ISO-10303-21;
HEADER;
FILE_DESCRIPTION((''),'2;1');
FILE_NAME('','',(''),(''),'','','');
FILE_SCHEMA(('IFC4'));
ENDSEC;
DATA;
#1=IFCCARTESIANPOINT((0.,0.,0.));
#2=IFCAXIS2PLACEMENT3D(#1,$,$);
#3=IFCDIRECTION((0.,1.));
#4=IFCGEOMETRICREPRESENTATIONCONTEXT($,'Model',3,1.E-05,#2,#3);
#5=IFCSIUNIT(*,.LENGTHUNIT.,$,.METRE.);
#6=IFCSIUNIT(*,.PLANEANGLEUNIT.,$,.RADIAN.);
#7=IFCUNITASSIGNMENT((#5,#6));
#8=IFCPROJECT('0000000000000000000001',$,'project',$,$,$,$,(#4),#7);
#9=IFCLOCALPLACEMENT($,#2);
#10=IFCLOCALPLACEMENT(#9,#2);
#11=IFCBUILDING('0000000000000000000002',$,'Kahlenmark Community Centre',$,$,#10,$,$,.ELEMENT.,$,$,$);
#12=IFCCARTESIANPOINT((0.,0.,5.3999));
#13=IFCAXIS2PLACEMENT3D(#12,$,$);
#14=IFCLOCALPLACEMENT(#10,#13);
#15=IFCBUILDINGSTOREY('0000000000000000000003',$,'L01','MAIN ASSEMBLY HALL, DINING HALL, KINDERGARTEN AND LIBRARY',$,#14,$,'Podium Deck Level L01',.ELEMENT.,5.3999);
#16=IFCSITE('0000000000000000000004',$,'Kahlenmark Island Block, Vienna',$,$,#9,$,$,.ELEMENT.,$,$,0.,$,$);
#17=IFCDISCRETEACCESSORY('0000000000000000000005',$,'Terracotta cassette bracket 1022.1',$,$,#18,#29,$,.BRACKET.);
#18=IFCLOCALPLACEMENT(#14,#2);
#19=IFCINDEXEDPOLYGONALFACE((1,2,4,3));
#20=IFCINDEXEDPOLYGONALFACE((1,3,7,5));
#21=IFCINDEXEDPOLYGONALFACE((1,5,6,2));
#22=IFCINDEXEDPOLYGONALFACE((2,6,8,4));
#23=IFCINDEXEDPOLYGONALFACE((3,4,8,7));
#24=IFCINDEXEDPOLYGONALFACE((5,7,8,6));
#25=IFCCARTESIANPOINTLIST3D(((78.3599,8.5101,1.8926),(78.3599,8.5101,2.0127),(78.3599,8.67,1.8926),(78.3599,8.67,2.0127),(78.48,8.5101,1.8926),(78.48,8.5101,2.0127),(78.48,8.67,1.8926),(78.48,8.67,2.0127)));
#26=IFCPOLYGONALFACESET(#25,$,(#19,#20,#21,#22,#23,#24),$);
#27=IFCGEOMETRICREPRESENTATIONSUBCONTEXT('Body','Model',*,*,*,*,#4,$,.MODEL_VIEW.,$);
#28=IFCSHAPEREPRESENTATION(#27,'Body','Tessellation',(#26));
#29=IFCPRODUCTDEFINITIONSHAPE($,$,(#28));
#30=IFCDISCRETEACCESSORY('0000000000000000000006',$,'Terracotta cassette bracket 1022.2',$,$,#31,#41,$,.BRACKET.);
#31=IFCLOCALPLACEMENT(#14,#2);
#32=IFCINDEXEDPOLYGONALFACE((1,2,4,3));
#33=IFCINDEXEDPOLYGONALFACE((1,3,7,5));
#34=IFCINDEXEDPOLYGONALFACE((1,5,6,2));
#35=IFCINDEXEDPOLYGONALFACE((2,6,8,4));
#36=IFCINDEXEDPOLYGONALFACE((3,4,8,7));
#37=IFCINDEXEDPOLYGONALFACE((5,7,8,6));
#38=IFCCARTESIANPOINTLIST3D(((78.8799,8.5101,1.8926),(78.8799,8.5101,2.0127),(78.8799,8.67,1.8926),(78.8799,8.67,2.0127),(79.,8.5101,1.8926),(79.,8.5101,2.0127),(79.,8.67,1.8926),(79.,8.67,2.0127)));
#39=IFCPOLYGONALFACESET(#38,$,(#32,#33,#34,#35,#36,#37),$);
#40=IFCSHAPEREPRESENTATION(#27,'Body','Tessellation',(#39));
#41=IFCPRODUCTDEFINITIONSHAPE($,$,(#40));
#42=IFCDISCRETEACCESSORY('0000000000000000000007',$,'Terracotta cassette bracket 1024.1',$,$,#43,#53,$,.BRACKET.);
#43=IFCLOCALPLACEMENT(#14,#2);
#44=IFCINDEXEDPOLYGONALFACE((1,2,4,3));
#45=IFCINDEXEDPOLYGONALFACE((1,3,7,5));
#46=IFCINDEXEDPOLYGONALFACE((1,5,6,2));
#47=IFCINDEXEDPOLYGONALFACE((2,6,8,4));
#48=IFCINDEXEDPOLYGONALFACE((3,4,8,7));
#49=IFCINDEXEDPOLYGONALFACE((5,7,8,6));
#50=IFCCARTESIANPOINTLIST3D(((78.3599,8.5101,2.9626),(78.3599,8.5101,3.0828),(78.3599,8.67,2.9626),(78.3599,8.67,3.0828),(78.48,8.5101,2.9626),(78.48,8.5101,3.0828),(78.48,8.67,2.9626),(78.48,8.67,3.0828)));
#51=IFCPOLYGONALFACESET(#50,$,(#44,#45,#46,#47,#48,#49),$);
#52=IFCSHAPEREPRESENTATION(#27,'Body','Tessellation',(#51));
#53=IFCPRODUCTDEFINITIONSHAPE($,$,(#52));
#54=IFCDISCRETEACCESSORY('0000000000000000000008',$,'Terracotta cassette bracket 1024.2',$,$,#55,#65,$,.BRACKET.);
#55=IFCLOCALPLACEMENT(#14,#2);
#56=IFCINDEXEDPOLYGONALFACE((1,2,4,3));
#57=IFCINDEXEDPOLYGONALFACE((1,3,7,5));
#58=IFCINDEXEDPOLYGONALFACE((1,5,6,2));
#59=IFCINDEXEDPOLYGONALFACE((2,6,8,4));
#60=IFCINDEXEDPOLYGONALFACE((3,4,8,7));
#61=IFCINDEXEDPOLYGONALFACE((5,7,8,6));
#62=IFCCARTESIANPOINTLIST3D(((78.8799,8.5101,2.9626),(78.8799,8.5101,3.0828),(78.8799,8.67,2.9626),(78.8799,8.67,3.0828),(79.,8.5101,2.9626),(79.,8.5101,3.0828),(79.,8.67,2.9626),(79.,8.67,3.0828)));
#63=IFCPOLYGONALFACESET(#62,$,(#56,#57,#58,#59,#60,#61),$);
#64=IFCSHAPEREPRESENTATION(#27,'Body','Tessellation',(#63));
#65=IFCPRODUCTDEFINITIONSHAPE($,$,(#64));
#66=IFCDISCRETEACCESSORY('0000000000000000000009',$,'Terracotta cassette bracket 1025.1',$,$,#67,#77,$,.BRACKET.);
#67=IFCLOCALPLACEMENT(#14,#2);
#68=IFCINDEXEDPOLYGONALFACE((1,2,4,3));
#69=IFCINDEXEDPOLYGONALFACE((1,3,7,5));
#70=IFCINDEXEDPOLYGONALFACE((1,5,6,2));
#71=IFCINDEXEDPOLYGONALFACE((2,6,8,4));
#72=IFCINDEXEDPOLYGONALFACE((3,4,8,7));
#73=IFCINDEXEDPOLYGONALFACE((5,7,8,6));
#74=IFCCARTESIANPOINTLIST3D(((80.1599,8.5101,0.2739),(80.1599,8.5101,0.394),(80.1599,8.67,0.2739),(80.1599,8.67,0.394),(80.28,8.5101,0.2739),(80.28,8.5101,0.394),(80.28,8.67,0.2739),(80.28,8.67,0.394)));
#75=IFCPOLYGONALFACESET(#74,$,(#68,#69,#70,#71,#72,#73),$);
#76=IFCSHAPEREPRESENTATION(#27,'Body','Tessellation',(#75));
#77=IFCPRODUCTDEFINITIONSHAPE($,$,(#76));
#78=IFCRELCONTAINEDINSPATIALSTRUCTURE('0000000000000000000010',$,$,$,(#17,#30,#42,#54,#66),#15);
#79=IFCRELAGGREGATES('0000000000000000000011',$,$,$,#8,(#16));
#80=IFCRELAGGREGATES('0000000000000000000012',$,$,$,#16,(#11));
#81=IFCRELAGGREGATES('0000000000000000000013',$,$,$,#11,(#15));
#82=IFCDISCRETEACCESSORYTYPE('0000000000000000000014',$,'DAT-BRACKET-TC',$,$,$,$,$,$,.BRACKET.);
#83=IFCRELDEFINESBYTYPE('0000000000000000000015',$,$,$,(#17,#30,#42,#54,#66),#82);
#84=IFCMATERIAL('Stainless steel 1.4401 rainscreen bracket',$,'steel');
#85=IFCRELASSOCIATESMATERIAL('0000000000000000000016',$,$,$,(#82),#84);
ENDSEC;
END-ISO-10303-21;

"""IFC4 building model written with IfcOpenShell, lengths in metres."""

from ifc_helpers import new_model, si_unit, direction, frame, origin, origin_2d, place, context, subcontext, project, spatial, rectangle, extrude, material, type_object, element, save


model = new_model("IFC4")

# Units and contexts
model_context = context("Model", 3, precision=1e-05, world=origin(), true_north=direction((0.0, 1.0)))
body_context = subcontext(model_context, "Body", "Model", "MODEL_VIEW")
ifc_project = project(units=[si_unit("LENGTHUNIT", "METRE"), si_unit("PLANEANGLEUNIT", "RADIAN")], contexts=[model_context])

# Site, building, storey
site_placement = place(None, origin())
site = spatial("IfcSite", under=ifc_project, at=site_placement, Name="Kahlenmark Island Block, Vienna", CompositionType="ELEMENT", RefElevation=0.0)
building_placement = place(site_placement, origin())
building = spatial("IfcBuilding", under=site, at=building_placement, Name="Kahlenmark Community Centre", CompositionType="ELEMENT")
storey_placement = place(building_placement, frame((0.0, 0.0, 5.3999)))
storey = spatial("IfcBuildingStorey", under=building, at=storey_placement, Name="L01", Description="MAIN ASSEMBLY HALL, DINING HALL, KINDERGARTEN AND LIBRARY", LongName="Podium Deck Level L01", CompositionType="ELEMENT", Elevation=5.3999)

# Discrete accessories
ifc_material_1 = material(Name="Stainless steel 1.4401 rainscreen bracket", Category="steel")
discrete_accessory_type = type_object("IfcDiscreteAccessoryType", Name="DAT-BRACKET-TC", PredefinedType="BRACKET", material=ifc_material_1)
for number, where, z_axis, x_axis, name in (
    (1, (78.4199, 8.5901, 1.8926), (0.0, 0.0, 1.0), (1.0, 0.0, 0.0), "Terracotta cassette bracket 1022.1"),
    (2, (78.9399, 8.5901, 1.8926), (0.0, 0.0, 1.0), (1.0, 0.0, 0.0), "Terracotta cassette bracket 1022.2"),
    (3, (78.4199, 8.5901, 2.9626), (0.0, 0.0, 1.0), (1.0, 0.0, 0.0), "Terracotta cassette bracket 1024.1"),
    (4, (78.9399, 8.5901, 2.9626), (0.0, 0.0, 1.0), (1.0, 0.0, 0.0), "Terracotta cassette bracket 1024.2"),
    (5, (80.22, 8.5901, 0.2739), (0.0, 0.0, 1.0), (1.0, 0.0, 0.0), "Terracotta cassette bracket 1025.1"),
):
    element("IfcDiscreteAccessory", number, at=place(storey_placement, frame(where, z_axis=z_axis, x_axis=x_axis)), inside=storey, type_object=discrete_accessory_type, Name=name, PredefinedType="BRACKET", context=body_context, shape_type="SweptSolid", body=[
        extrude(rectangle(XDim=0.1201, YDim=0.1599, at=origin_2d()), origin(), (0.0, 0.0, 1.0), 0.1201),
    ])

save(model, "model.ifc")
